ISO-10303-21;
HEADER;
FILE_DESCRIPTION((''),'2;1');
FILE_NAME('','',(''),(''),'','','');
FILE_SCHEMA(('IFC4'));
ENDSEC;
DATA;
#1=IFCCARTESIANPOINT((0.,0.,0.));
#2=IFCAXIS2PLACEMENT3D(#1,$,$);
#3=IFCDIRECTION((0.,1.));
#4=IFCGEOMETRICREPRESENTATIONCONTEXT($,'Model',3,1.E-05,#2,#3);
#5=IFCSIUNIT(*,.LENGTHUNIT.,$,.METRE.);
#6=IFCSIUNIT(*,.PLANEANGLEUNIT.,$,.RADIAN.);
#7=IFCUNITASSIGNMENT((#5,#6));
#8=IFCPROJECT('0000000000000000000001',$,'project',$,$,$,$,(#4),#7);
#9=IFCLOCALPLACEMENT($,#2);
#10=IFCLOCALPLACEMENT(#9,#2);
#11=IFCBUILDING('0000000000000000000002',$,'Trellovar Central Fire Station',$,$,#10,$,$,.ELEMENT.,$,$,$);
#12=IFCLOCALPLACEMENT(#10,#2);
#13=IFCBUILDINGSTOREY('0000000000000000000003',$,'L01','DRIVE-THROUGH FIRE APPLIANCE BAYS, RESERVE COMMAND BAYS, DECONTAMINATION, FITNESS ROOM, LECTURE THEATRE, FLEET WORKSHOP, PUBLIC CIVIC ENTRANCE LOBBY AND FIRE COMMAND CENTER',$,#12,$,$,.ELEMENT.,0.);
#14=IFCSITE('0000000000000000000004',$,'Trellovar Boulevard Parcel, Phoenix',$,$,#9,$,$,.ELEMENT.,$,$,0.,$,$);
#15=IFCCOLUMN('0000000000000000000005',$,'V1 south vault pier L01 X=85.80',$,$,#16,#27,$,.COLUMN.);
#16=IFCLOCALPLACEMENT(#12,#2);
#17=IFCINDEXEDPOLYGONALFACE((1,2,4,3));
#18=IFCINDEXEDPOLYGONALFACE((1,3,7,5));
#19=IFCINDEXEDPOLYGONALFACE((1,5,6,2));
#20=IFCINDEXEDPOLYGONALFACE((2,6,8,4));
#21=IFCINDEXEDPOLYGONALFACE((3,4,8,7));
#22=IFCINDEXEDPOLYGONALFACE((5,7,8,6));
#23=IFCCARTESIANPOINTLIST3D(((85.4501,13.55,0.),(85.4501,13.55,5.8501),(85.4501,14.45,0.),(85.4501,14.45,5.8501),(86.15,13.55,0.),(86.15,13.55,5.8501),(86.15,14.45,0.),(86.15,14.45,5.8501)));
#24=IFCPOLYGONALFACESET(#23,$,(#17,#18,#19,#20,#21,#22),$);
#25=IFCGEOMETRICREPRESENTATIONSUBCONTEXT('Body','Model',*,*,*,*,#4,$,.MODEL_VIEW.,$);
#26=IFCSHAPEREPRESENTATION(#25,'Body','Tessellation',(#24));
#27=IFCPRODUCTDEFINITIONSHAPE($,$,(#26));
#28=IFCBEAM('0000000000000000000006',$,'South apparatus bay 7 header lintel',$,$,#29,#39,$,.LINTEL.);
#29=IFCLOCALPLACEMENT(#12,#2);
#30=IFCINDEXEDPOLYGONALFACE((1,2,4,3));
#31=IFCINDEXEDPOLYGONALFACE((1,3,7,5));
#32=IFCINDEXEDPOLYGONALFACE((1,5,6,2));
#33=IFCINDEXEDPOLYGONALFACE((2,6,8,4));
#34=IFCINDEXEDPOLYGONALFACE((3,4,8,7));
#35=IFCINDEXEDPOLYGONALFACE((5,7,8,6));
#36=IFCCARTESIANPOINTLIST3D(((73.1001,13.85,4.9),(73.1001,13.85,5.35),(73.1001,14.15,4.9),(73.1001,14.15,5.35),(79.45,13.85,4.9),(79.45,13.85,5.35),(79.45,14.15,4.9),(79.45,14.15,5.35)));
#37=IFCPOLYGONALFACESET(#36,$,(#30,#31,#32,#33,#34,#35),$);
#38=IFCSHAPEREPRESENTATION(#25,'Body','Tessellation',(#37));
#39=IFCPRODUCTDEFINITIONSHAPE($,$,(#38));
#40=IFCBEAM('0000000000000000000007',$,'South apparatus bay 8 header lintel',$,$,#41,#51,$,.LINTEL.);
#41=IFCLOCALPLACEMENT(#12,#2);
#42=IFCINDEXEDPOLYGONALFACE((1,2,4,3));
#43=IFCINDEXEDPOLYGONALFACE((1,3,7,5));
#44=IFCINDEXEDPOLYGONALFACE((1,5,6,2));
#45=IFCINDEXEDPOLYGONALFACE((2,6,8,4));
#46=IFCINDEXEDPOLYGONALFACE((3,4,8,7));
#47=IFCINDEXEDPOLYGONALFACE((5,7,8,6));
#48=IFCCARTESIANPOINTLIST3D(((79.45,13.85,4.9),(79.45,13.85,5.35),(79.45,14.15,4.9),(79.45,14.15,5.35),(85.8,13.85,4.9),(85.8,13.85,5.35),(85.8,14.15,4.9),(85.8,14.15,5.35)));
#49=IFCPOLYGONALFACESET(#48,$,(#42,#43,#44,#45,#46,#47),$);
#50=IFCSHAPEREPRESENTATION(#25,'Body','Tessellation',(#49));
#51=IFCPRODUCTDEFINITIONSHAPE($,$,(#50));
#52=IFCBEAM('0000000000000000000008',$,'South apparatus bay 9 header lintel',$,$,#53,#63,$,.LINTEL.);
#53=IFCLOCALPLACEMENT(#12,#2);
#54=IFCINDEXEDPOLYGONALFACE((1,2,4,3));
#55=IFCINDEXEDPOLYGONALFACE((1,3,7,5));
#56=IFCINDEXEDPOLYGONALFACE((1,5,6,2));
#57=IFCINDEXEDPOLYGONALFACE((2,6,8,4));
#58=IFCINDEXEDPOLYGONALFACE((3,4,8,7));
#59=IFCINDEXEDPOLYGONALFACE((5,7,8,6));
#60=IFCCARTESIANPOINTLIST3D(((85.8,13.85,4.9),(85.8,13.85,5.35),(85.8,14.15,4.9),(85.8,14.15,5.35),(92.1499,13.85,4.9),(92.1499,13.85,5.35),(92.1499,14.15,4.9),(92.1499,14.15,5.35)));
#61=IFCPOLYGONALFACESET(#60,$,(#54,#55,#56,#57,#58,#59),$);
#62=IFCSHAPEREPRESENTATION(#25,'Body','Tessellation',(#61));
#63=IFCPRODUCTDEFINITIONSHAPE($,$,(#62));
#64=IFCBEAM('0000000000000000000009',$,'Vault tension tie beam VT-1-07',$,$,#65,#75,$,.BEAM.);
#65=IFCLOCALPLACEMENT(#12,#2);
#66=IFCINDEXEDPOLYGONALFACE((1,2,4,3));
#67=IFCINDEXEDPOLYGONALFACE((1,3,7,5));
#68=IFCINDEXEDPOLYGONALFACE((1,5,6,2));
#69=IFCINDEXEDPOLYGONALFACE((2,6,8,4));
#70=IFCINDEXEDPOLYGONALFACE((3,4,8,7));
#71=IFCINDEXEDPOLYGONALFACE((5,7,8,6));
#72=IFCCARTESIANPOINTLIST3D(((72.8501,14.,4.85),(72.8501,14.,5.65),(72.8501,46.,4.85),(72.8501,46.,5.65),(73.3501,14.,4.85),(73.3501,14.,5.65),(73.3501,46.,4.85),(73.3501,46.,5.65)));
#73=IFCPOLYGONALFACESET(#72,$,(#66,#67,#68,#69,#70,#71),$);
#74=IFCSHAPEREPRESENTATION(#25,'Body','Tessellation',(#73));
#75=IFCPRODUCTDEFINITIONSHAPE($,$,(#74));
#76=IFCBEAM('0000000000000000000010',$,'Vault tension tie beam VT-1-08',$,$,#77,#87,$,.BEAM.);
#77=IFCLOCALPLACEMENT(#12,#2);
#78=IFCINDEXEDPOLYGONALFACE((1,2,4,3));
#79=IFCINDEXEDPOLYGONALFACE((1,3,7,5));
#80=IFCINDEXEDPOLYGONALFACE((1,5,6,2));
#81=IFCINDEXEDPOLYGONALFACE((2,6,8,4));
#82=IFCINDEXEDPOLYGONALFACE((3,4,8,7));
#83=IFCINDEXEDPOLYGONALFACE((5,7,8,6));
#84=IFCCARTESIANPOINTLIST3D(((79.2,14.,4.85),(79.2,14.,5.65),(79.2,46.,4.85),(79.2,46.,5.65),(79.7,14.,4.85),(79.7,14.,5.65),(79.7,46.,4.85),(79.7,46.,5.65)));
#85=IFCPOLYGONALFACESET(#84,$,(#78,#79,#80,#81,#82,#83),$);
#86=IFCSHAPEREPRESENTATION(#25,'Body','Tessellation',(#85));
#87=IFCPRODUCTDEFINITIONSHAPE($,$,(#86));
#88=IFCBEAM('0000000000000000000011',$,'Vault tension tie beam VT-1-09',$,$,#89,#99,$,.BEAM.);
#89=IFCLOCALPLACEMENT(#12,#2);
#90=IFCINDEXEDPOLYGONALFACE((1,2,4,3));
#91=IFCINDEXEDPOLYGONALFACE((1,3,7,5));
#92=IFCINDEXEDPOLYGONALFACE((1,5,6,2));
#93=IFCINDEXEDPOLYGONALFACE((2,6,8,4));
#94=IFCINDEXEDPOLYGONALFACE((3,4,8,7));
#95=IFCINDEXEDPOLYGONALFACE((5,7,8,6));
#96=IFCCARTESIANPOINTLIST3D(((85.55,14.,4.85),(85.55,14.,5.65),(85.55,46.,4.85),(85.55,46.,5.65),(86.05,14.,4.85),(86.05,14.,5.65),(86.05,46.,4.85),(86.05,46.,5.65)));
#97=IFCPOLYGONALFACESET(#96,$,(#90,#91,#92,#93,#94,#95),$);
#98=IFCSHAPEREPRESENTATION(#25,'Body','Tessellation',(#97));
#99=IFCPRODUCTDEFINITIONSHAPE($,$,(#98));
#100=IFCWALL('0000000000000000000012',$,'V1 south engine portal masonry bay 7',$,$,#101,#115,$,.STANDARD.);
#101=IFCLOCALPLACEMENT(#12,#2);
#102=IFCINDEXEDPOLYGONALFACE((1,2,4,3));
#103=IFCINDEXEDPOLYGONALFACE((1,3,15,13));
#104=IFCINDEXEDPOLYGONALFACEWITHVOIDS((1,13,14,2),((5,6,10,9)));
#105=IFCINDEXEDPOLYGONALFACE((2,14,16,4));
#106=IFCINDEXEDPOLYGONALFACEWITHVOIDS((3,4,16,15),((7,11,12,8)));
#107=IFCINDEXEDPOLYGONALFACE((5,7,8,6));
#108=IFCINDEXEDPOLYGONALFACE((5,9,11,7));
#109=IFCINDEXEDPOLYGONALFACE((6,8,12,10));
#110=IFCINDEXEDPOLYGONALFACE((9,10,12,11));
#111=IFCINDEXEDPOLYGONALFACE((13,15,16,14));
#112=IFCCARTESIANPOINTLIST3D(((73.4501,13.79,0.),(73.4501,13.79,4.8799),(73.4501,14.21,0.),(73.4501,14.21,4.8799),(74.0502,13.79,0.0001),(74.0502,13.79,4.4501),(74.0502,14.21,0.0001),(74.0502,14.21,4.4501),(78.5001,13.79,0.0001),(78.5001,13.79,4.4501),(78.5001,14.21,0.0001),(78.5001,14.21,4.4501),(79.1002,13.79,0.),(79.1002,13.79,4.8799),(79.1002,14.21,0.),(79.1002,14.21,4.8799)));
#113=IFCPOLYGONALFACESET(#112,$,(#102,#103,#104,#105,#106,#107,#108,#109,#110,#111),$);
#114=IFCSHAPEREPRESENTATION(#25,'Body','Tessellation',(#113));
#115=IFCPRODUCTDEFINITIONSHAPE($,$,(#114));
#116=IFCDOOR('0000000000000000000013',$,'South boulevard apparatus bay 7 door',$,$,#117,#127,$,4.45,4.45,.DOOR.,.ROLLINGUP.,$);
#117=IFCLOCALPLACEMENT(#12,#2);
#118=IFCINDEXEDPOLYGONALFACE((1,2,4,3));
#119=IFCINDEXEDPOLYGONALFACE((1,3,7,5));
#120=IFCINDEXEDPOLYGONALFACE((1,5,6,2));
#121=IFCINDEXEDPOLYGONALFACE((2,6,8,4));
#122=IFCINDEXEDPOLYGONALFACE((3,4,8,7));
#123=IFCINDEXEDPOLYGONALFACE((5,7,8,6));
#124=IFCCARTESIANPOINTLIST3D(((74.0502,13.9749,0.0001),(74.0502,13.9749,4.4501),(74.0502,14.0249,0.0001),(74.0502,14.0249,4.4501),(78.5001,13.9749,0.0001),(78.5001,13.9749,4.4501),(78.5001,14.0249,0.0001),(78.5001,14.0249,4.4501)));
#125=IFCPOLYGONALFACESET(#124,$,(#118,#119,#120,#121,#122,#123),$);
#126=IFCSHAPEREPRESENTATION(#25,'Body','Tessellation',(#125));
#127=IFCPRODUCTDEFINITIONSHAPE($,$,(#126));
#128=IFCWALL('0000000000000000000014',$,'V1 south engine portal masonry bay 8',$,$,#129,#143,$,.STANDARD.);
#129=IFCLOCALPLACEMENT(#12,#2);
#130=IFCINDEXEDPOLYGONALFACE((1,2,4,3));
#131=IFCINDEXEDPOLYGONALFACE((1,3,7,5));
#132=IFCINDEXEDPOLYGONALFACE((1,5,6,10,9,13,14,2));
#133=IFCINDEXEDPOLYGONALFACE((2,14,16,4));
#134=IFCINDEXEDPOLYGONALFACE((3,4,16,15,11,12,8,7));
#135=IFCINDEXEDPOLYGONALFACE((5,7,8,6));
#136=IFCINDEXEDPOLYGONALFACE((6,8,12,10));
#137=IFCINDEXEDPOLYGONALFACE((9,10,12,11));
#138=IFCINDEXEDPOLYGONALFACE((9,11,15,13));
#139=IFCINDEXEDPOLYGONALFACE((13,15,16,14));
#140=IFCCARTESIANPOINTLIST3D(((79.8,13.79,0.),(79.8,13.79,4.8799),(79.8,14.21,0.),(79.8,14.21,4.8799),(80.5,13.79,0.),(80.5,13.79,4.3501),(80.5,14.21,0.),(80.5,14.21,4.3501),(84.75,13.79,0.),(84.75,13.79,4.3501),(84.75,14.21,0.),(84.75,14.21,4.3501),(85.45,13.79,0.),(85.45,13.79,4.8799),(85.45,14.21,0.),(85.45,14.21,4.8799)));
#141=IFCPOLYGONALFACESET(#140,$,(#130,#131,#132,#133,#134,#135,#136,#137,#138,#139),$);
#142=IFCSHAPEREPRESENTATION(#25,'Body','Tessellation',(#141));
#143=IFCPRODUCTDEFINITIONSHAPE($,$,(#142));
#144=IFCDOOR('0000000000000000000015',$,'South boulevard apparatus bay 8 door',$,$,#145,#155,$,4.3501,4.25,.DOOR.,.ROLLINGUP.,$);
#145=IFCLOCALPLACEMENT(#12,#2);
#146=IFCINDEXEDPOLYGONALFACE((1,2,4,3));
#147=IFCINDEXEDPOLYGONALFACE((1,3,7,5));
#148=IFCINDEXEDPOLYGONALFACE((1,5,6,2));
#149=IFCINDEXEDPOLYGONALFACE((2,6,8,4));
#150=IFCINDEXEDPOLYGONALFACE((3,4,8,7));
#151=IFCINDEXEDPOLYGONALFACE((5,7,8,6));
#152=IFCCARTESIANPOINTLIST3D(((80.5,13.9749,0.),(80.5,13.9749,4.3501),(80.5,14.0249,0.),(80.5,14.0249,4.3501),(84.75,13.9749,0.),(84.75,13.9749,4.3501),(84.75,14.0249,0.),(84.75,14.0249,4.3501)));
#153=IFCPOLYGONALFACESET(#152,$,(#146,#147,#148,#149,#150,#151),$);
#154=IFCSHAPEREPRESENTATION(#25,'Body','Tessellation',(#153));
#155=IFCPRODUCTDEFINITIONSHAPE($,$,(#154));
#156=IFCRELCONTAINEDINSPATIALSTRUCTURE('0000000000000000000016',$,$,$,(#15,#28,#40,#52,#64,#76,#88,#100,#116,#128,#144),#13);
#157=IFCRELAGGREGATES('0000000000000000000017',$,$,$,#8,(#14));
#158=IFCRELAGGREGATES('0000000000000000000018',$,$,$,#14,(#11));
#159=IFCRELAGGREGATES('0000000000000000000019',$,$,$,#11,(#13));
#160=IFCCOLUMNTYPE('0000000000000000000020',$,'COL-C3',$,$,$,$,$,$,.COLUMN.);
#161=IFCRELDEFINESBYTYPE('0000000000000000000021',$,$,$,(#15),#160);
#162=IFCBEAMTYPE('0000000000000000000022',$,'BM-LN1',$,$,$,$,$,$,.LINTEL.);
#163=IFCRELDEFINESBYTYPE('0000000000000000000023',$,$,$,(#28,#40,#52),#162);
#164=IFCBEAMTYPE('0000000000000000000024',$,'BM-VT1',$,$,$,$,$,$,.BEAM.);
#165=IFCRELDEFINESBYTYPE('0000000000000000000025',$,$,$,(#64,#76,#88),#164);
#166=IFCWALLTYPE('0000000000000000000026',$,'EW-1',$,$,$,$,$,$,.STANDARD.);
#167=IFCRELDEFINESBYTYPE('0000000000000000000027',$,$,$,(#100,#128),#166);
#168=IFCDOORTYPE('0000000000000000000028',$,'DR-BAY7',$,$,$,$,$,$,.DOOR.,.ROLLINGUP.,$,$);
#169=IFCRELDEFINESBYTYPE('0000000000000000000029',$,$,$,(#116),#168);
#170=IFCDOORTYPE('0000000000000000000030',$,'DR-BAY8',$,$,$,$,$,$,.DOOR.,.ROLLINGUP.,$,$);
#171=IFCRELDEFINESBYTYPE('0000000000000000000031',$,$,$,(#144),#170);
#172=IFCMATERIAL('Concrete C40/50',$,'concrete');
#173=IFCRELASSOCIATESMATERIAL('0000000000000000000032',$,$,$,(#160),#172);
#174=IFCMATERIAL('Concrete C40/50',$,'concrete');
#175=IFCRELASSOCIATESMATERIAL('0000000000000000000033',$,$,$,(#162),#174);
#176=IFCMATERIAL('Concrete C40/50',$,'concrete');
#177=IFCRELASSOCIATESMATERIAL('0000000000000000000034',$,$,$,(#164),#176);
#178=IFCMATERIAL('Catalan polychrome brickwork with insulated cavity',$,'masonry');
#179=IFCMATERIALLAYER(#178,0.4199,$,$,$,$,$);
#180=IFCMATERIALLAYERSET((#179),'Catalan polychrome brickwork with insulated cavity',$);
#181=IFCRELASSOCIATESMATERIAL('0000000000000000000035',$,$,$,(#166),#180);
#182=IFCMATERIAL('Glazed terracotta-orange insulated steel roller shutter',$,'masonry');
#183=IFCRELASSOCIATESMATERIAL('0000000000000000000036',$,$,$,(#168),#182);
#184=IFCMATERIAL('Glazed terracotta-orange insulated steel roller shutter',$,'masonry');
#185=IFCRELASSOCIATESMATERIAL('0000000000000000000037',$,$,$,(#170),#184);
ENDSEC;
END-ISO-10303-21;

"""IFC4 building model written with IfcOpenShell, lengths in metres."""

from ifc_helpers import new_model, si_unit, direction, frame, frame_2d, origin, origin_2d, place, context, subcontext, project, spatial, rectangle, extrude, material, layer, layer_set, material_profile, profile_set, type_object, element, fill, save


model = new_model("IFC4")

# Units and contexts
model_context = context("Model", 3, precision=1e-05, world=origin(), true_north=direction((0.0, 1.0)))
body_context = subcontext(model_context, "Body", "Model", "MODEL_VIEW")
ifc_project = project(units=[si_unit("LENGTHUNIT", "METRE"), si_unit("PLANEANGLEUNIT", "RADIAN")], contexts=[model_context])

# Site, building, storey
site_placement = place(None, origin())
site = spatial("IfcSite", under=ifc_project, at=site_placement, Name="Trellovar Boulevard Parcel, Phoenix", CompositionType="ELEMENT", RefElevation=0.0)
building_placement = place(site_placement, origin())
building = spatial("IfcBuilding", under=site, at=building_placement, Name="Trellovar Central Fire Station", CompositionType="ELEMENT")
storey_placement = place(building_placement, origin())
storey = spatial("IfcBuildingStorey", under=building, at=storey_placement, Name="L01", Description="DRIVE-THROUGH FIRE APPLIANCE BAYS, RESERVE COMMAND BAYS, DECONTAMINATION, FITNESS ROOM, LECTURE THEATRE, FLEET WORKSHOP, PUBLIC CIVIC ENTRANCE LOBBY AND FIRE COMMAND CENTER", CompositionType="ELEMENT", Elevation=0.0)

# Column
ifc_material_1 = material(Name="Concrete C40/50", Category="concrete")
ifc_material_profile_1 = material_profile(ifc_material_1, rectangle(XDim=0.7, YDim=0.8999, at=origin_2d()), Name="RC700X900")
ifc_profile_set_1 = profile_set([ifc_material_profile_1], Name="Concrete C40/50")
column_type = type_object("IfcColumnType", Name="COL-C3", PredefinedType="COLUMN", material=ifc_profile_set_1)
for number, where, z_axis, x_axis, name in (
    (1, (85.8, 14.0, 0.0), (0.0, 0.0, 1.0), (1.0, 0.0, 0.0), "V1 south vault pier L01 X=85.80"),
):
    element("IfcColumn", number, at=place(storey_placement, frame(where, z_axis=z_axis, x_axis=x_axis)), inside=storey, type_object=column_type, Name=name, PredefinedType="COLUMN", context=body_context, shape_type="SweptSolid", body=[
        extrude(rectangle(XDim=0.7, YDim=0.8999, at=origin_2d()), origin(), (0.0, 0.0, 1.0), 5.8501),
    ])

# Beams
ifc_material_2 = material(Name="Concrete C40/50", Category="concrete")
ifc_material_profile_2 = material_profile(ifc_material_2, rectangle(XDim=0.3, YDim=0.45, at=origin_2d()), Name="RC300X450")
ifc_profile_set_2 = profile_set([ifc_material_profile_2], Name="Concrete C40/50")
beam_type_1 = type_object("IfcBeamType", Name="BM-LN1", PredefinedType="LINTEL", material=ifc_profile_set_2)
beam_1_placement = place(storey_placement, frame((73.1001, 14.0, 5.125), z_axis=(1.0, 0.0, 0.0), x_axis=(0.0, 1.0, 0.0)))
element("IfcBeam", 2, at=beam_1_placement, inside=storey, type_object=beam_type_1, Name="South apparatus bay 7 header lintel", PredefinedType="LINTEL", context=body_context, shape_type="SweptSolid", body=[
    extrude(rectangle(XDim=0.3, YDim=0.45, at=origin_2d()), origin(), (0.0, 0.0, 1.0), 6.3499),
])
beam_2_placement = place(storey_placement, frame((79.45, 14.0, 5.125), z_axis=(1.0, 0.0, 0.0), x_axis=(0.0, 1.0, 0.0)))
element("IfcBeam", 3, at=beam_2_placement, inside=storey, type_object=beam_type_1, Name="South apparatus bay 8 header lintel", PredefinedType="LINTEL", context=body_context, shape_type="SweptSolid", body=[
    extrude(rectangle(XDim=0.3, YDim=0.45, at=origin_2d()), origin(), (0.0, 0.0, 1.0), 6.3501),
])
beam_3_placement = place(storey_placement, frame((85.8, 14.0, 5.125), z_axis=(1.0, 0.0, 0.0), x_axis=(0.0, 1.0, 0.0)))
element("IfcBeam", 4, at=beam_3_placement, inside=storey, type_object=beam_type_1, Name="South apparatus bay 9 header lintel", PredefinedType="LINTEL", context=body_context, shape_type="SweptSolid", body=[
    extrude(rectangle(XDim=0.3, YDim=0.45, at=origin_2d()), origin(), (0.0, 0.0, 1.0), 6.3499),
])
ifc_material_3 = material(Name="Concrete C40/50", Category="concrete")
ifc_material_profile_3 = material_profile(ifc_material_3, rectangle(XDim=0.5, YDim=0.8, at=origin_2d()), Name="RC500X800")
ifc_profile_set_3 = profile_set([ifc_material_profile_3], Name="Concrete C40/50")
beam_type_2 = type_object("IfcBeamType", Name="BM-VT1", PredefinedType="BEAM", material=ifc_profile_set_3)
for number, where, z_axis, x_axis, name in (
    (5, (73.1001, 14.0, 5.25), (0.0, 1.0, 0.0), (-1.0, 0.0, 0.0), "Vault tension tie beam VT-1-07"),
    (6, (79.45, 14.0, 5.25), (0.0, 1.0, 0.0), (-1.0, 0.0, 0.0), "Vault tension tie beam VT-1-08"),
    (7, (85.8, 14.0, 5.25), (0.0, 1.0, 0.0), (-1.0, 0.0, 0.0), "Vault tension tie beam VT-1-09"),
):
    element("IfcBeam", number, at=place(storey_placement, frame(where, z_axis=z_axis, x_axis=x_axis)), inside=storey, type_object=beam_type_2, Name=name, PredefinedType="BEAM", context=body_context, shape_type="SweptSolid", body=[
        extrude(rectangle(XDim=0.5, YDim=0.8, at=origin_2d()), origin(), (0.0, 0.0, 1.0), 32.0),
    ])

# Walls, openings, doors
ifc_material_4 = material(Name="Catalan polychrome brickwork with insulated cavity", Category="masonry")
ifc_layer = layer(ifc_material_4, 0.4199)
ifc_layer_set = layer_set([ifc_layer], Name="Catalan polychrome brickwork with insulated cavity")
wall_type = type_object("IfcWallType", Name="EW-1", PredefinedType="STANDARD", material=ifc_layer_set)
wall_1_placement = place(storey_placement, frame((73.45, 14.0, 0.0), z_axis=(0.0, 0.0, 1.0), x_axis=(1.0, 0.0, 0.0)))
wall_1 = element("IfcWall", 8, at=wall_1_placement, inside=storey, type_object=wall_type, Name="V1 south engine portal masonry bay 7", PredefinedType="STANDARD", context=body_context, shape_type="SweptSolid", body=[
    extrude(rectangle(XDim=5.6501, YDim=0.4199, at=frame_2d((2.8252, 0.0))), origin(), (0.0, 0.0, 1.0), 4.8799),
])
opening_1_placement = place(wall_1_placement, frame((0.6001, 0.0, 0.0)))
opening_1 = element("IfcOpeningElement", 9, at=opening_1_placement, cuts=wall_1, PredefinedType="OPENING", context=body_context, shape_type="SweptSolid", body=[
    extrude(rectangle(XDim=4.45, YDim=4.45, at=frame_2d((2.2251, 2.2251))), frame((0.0, 0.22, 0.0), z_axis=(0.0, -1.0, 0.0), x_axis=(1.0, 0.0, 0.0)), (0.0, 0.0, 1.0), 0.4399),
])
ifc_material_5 = material(Name="Glazed terracotta-orange insulated steel roller shutter", Category="masonry")
door_type_1 = type_object("IfcDoorType", Name="DR-BAY7", OperationType="ROLLINGUP", PredefinedType="DOOR", material=ifc_material_5)
door_1_placement = place(opening_1_placement, origin())
door_1 = element("IfcDoor", 10, at=door_1_placement, inside=storey, type_object=door_type_1, Name="South boulevard apparatus bay 7 door", OperationType="ROLLINGUP", OverallHeight=4.45, OverallWidth=4.45, PredefinedType="DOOR", context=body_context, shape_type="SweptSolid", body=[
    extrude(rectangle(XDim=4.45, YDim=4.45, at=frame_2d((2.2251, 2.2251))), frame((0.0, 0.0249, 0.0), z_axis=(0.0, -1.0, 0.0), x_axis=(1.0, 0.0, 0.0)), (0.0, 0.0, 1.0), 0.05),
])
fill(opening_1, door_1)
wall_2_placement = place(storey_placement, frame((79.8, 14.0, 0.0), z_axis=(0.0, 0.0, 1.0), x_axis=(1.0, 0.0, 0.0)))
wall_2 = element("IfcWall", 11, at=wall_2_placement, inside=storey, type_object=wall_type, Name="V1 south engine portal masonry bay 8", PredefinedType="STANDARD", context=body_context, shape_type="SweptSolid", body=[
    extrude(rectangle(XDim=5.6499, YDim=0.4199, at=frame_2d((2.825, 0.0))), origin(), (0.0, 0.0, 1.0), 4.8799),
])
opening_2_placement = place(wall_2_placement, frame((0.7, 0.0, 0.0)))
opening_2 = element("IfcOpeningElement", 12, at=opening_2_placement, cuts=wall_2, PredefinedType="OPENING", context=body_context, shape_type="SweptSolid", body=[
    extrude(rectangle(XDim=4.25, YDim=4.3501, at=frame_2d((2.125, 2.175))), frame((0.0, 0.22, 0.0), z_axis=(0.0, -1.0, 0.0), x_axis=(1.0, 0.0, 0.0)), (0.0, 0.0, 1.0), 0.4399),
])
ifc_material_6 = material(Name="Glazed terracotta-orange insulated steel roller shutter", Category="masonry")
door_type_2 = type_object("IfcDoorType", Name="DR-BAY8", OperationType="ROLLINGUP", PredefinedType="DOOR", material=ifc_material_6)
door_2_placement = place(opening_2_placement, origin())
door_2 = element("IfcDoor", 13, at=door_2_placement, inside=storey, type_object=door_type_2, Name="South boulevard apparatus bay 8 door", OperationType="ROLLINGUP", OverallHeight=4.3501, OverallWidth=4.25, PredefinedType="DOOR", context=body_context, shape_type="SweptSolid", body=[
    extrude(rectangle(XDim=4.25, YDim=4.3501, at=frame_2d((2.125, 2.175))), frame((0.0, 0.0249, 0.0), z_axis=(0.0, -1.0, 0.0), x_axis=(1.0, 0.0, 0.0)), (0.0, 0.0, 1.0), 0.05),
])
fill(opening_2, door_2)

save(model, "model.ifc")
